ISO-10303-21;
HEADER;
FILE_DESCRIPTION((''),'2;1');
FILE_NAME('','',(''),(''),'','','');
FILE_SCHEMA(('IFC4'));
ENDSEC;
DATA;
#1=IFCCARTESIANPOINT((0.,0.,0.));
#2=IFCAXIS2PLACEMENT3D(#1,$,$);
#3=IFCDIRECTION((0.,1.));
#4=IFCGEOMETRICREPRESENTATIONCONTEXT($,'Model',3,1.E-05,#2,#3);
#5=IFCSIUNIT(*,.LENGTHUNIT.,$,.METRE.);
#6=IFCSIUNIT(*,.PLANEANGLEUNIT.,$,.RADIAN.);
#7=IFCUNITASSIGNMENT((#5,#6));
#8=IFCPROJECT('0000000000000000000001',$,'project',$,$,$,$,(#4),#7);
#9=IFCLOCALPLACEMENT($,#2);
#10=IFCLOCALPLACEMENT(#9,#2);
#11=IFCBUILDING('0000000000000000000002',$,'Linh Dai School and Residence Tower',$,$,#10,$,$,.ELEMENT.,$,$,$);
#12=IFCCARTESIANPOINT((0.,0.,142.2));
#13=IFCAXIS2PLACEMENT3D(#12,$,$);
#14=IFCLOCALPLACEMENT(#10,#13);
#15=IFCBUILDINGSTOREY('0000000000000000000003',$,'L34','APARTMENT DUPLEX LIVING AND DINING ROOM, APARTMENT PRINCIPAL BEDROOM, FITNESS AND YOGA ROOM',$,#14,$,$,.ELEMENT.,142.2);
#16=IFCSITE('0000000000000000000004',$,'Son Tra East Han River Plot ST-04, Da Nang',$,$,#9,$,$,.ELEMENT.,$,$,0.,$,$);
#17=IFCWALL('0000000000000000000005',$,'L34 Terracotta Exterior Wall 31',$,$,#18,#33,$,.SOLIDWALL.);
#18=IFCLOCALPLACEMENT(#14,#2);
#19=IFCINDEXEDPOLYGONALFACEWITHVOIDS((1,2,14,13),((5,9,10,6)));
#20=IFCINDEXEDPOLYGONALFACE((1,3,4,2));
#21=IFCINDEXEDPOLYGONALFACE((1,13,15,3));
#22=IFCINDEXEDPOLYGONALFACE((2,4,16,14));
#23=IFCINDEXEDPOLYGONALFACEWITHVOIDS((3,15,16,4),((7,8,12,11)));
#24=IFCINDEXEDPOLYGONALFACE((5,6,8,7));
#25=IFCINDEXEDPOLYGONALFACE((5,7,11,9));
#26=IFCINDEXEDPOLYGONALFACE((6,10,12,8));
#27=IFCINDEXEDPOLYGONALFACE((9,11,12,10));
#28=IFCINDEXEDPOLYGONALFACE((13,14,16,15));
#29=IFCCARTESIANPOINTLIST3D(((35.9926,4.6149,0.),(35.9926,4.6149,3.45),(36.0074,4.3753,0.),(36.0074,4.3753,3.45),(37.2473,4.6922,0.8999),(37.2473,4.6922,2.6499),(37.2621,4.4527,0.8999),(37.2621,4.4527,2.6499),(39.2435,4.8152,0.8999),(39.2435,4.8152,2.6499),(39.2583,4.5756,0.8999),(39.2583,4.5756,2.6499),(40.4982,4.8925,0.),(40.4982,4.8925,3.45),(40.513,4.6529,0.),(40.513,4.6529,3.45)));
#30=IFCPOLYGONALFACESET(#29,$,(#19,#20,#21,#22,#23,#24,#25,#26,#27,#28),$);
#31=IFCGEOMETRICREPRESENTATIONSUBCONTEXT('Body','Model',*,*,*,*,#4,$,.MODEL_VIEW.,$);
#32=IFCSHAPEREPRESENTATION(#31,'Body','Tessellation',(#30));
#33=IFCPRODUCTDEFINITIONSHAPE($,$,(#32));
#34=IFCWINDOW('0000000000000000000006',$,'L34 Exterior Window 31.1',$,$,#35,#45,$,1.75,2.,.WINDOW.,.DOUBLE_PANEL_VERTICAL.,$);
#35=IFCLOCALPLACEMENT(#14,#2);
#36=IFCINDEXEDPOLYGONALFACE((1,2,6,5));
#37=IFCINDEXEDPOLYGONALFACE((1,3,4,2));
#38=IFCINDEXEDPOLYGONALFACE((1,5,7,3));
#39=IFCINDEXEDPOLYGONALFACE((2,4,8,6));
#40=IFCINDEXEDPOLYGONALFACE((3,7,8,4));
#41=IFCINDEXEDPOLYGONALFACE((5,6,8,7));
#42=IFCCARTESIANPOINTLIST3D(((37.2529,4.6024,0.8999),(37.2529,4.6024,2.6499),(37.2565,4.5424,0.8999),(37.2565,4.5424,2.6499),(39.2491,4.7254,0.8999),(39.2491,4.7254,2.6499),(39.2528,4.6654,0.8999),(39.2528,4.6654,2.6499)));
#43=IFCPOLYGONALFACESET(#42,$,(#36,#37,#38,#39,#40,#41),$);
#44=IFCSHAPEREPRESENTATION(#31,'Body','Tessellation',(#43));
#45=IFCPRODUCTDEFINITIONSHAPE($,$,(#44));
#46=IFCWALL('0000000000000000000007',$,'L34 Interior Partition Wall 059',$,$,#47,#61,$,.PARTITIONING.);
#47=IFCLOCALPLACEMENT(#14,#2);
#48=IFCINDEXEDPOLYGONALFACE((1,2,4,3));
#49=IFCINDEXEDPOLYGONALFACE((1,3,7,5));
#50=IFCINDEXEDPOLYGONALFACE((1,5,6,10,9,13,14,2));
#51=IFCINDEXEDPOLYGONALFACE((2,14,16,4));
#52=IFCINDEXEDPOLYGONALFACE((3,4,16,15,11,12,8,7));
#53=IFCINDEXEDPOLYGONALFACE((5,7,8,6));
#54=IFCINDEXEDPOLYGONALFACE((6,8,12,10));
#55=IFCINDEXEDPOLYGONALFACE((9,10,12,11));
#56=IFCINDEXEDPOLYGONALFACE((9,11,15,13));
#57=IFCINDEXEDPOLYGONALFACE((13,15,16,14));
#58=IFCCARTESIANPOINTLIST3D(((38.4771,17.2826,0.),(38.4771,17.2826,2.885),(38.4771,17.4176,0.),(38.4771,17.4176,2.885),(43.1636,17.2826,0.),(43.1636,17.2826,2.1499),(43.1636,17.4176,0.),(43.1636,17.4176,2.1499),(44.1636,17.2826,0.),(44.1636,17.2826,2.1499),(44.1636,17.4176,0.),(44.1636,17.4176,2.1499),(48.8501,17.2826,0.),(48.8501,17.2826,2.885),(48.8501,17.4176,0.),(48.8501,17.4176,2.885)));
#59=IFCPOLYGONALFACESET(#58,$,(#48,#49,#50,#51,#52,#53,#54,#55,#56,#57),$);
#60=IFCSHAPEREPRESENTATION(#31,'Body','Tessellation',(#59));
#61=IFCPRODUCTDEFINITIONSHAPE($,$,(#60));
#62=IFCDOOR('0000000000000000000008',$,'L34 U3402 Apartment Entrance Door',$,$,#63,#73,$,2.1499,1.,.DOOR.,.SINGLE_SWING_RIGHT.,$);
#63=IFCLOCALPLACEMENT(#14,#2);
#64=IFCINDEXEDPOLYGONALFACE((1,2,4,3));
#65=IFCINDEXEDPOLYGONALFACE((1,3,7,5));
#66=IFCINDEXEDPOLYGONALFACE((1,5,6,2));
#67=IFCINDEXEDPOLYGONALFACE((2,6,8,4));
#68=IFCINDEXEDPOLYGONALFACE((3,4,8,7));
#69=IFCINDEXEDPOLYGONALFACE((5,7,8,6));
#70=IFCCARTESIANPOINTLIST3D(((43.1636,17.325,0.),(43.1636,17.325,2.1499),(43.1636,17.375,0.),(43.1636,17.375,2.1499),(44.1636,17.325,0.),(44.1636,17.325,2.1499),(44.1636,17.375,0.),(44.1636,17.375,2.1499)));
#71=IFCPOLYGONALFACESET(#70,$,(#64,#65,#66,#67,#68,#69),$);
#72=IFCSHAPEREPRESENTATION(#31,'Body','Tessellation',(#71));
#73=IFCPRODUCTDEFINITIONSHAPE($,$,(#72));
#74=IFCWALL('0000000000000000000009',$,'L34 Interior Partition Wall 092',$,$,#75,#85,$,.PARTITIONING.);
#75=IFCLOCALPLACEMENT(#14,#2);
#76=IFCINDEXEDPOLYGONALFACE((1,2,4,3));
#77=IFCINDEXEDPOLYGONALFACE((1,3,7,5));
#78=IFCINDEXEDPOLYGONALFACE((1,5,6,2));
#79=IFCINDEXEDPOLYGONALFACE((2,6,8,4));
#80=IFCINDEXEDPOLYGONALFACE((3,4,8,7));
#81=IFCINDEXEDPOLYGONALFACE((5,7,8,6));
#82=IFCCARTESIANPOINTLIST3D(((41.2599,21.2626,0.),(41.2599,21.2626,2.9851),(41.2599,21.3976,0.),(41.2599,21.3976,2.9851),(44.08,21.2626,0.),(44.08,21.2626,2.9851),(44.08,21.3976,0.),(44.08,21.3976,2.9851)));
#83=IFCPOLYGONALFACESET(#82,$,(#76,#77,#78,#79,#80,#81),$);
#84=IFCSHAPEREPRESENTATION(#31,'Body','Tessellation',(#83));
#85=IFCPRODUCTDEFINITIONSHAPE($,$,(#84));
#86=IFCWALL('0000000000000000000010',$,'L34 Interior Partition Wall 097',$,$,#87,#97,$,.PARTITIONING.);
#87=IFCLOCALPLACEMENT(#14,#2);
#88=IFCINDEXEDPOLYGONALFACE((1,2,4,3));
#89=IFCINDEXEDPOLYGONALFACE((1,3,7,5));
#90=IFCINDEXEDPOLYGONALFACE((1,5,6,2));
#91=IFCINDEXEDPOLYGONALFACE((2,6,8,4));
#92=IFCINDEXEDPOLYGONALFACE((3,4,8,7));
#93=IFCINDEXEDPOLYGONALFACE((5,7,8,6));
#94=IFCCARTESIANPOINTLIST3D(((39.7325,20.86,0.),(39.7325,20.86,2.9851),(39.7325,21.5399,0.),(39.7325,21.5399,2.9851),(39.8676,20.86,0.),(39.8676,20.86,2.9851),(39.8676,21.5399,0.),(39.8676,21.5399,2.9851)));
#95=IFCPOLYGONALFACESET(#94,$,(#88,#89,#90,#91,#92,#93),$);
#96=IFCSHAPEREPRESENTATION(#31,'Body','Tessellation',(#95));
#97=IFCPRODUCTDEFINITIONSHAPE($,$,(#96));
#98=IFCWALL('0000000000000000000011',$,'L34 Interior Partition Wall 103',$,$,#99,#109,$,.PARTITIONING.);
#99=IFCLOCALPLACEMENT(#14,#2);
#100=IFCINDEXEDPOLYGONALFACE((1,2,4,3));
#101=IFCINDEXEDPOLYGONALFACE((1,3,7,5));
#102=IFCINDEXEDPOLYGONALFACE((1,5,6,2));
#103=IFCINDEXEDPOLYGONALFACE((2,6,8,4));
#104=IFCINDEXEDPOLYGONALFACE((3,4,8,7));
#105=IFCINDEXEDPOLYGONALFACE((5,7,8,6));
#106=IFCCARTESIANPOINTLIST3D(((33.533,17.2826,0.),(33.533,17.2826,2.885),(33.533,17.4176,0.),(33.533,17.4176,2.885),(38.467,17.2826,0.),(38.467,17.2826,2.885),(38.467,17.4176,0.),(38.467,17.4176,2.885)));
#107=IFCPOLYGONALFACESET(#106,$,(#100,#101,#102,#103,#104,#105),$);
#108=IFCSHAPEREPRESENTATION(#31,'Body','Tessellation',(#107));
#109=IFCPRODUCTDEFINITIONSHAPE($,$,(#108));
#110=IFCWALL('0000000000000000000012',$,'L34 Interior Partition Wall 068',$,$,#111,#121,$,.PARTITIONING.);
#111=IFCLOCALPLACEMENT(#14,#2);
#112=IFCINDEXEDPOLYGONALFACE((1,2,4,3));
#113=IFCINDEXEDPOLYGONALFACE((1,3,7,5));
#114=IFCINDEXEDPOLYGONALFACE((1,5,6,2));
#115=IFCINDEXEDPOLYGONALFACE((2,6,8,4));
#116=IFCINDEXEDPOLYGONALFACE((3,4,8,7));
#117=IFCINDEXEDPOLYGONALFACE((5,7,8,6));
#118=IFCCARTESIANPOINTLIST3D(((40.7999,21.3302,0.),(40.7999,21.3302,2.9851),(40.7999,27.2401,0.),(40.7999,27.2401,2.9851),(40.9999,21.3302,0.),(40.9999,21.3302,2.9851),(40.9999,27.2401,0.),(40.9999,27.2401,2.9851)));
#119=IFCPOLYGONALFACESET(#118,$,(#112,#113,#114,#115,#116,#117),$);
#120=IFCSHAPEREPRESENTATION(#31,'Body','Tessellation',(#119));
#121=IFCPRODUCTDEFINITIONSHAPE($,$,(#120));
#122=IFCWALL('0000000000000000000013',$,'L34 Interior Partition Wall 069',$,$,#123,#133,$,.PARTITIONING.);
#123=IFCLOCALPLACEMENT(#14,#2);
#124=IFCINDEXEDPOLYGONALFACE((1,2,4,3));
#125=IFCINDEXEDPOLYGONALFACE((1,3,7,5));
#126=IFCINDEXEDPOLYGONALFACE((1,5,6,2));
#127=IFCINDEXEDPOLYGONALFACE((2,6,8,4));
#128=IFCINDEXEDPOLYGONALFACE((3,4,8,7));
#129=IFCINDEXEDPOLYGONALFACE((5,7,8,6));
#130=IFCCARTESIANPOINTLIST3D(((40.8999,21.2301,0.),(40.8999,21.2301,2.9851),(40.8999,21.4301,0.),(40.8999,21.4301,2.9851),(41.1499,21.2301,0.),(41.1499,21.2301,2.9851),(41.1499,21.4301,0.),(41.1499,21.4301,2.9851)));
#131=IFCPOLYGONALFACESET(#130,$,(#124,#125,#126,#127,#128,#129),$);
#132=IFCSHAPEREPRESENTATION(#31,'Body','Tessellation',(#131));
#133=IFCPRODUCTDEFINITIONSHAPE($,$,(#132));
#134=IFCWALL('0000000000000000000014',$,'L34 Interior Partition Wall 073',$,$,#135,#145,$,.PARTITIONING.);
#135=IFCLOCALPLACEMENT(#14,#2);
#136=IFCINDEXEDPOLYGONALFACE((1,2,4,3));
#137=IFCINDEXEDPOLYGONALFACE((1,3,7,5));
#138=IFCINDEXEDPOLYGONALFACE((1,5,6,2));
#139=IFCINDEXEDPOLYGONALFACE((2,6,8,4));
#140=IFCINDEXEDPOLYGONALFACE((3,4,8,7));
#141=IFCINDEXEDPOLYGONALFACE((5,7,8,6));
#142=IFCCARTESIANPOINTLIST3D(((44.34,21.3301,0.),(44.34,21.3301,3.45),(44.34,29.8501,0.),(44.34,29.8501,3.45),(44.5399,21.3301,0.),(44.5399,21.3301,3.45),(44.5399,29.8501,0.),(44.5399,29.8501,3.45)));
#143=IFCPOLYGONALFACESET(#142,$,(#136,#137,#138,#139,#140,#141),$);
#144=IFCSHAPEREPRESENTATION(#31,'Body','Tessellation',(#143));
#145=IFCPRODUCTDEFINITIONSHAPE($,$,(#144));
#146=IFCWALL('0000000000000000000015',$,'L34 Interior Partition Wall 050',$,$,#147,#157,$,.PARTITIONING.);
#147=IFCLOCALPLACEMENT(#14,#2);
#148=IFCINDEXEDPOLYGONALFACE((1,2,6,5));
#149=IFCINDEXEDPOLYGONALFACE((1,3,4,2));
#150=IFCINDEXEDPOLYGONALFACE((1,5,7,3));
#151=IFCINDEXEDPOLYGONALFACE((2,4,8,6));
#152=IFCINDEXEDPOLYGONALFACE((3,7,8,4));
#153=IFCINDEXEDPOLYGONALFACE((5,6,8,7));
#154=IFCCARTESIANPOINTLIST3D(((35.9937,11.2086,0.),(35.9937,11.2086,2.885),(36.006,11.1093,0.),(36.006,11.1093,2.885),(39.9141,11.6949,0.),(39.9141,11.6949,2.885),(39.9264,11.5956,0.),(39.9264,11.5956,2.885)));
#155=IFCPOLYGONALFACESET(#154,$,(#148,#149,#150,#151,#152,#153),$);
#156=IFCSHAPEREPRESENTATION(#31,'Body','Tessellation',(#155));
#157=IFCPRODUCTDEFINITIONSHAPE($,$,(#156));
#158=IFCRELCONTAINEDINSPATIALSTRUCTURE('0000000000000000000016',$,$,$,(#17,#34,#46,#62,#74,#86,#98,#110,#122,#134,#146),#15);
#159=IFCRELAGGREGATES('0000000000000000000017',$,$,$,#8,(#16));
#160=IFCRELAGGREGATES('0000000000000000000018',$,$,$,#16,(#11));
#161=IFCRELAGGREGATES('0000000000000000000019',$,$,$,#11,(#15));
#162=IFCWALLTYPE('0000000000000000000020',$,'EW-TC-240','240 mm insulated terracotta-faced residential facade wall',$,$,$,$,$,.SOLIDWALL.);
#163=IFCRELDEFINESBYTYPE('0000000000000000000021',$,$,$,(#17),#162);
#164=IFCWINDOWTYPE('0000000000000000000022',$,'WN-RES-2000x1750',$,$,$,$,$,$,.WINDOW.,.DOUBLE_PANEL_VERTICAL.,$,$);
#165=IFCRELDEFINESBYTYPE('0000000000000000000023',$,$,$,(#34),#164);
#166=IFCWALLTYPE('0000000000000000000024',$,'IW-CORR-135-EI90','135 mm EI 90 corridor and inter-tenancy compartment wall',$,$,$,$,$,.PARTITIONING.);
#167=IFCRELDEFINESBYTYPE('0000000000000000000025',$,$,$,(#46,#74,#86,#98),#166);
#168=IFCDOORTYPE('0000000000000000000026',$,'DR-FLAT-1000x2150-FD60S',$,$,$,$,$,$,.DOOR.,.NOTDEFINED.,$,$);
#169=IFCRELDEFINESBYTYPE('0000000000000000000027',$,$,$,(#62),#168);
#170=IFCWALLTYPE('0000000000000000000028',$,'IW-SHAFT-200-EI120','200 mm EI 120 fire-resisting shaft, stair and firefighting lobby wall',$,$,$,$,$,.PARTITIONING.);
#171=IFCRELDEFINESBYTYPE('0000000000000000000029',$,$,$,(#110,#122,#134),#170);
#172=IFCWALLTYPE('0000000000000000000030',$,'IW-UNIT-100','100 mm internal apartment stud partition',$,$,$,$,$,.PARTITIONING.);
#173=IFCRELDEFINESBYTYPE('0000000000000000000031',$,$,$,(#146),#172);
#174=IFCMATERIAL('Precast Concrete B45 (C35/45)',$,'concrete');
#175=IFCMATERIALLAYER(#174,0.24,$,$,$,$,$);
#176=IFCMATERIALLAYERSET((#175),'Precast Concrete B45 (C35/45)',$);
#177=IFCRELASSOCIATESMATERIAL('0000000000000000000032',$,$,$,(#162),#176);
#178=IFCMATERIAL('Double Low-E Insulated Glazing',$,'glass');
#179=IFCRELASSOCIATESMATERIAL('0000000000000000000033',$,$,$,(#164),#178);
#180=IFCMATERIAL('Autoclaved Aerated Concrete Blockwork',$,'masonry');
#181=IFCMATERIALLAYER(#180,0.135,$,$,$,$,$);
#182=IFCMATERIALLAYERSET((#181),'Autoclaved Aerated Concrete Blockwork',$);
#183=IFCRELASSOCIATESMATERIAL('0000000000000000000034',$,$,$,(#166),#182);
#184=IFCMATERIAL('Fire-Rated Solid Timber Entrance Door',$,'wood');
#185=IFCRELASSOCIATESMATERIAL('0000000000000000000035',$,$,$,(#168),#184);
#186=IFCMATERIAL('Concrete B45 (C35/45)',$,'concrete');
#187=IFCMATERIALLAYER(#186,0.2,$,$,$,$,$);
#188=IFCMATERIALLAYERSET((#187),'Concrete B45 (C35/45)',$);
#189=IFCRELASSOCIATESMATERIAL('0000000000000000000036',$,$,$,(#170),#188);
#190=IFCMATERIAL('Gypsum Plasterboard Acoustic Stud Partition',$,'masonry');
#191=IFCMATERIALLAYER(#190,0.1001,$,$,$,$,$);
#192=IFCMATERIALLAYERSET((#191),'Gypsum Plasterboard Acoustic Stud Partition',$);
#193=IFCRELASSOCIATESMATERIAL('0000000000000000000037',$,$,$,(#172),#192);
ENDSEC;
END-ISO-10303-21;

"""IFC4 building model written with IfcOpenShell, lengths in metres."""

from ifc_helpers import new_model, si_unit, direction, frame, frame_2d, origin, origin_2d, place, context, subcontext, project, spatial, rectangle, extrude, source, transform, mapped, material, layer, layer_set, type_object, element, fill, save


model = new_model("IFC4")

# Units and contexts
model_context = context("Model", 3, precision=1e-05, world=origin(), true_north=direction((0.0, 1.0)))
body_context = subcontext(model_context, "Body", "Model", "MODEL_VIEW")
ifc_project = project(units=[si_unit("LENGTHUNIT", "METRE"), si_unit("PLANEANGLEUNIT", "RADIAN")], contexts=[model_context])

# Site, building, storey
site_placement = place(None, origin())
site = spatial("IfcSite", under=ifc_project, at=site_placement, Name="Son Tra East Han River Plot ST-04, Da Nang", CompositionType="ELEMENT", RefElevation=0.0)
building_placement = place(site_placement, origin())
building = spatial("IfcBuilding", under=site, at=building_placement, Name="Linh Dai School and Residence Tower", CompositionType="ELEMENT")
storey_placement = place(building_placement, frame((0.0, 0.0, 142.2)))
storey = spatial("IfcBuildingStorey", under=building, at=storey_placement, Name="L34", Description="APARTMENT DUPLEX LIVING AND DINING ROOM, APARTMENT PRINCIPAL BEDROOM, FITNESS AND YOGA ROOM", CompositionType="ELEMENT", Elevation=142.2)

# Wall, opening, window
ifc_material_1 = material(Name="Precast Concrete B45 (C35/45)", Category="concrete")
ifc_layer_1 = layer(ifc_material_1, 0.24)
ifc_layer_set_1 = layer_set([ifc_layer_1], Name="Precast Concrete B45 (C35/45)")
wall_type_1 = type_object("IfcWallType", Name="EW-TC-240", Description="240 mm insulated terracotta-faced residential facade wall", PredefinedType="SOLIDWALL", material=ifc_layer_set_1)
ifc_material_2 = material(Name="Double Low-E Insulated Glazing", Category="glass")
wall_1_placement = place(storey_placement, frame((40.5056, 4.7727, 0.0), z_axis=(0.0, 0.0, 1.0), x_axis=(-0.998108, -0.061493, 0.0)))
wall_1 = element("IfcWall", 1, at=wall_1_placement, inside=storey, type_object=wall_type_1, Name="L34 Terracotta Exterior Wall 31", PredefinedType="SOLIDWALL", context=body_context, shape_type="SweptSolid", body=[
    extrude(rectangle(XDim=4.5142, YDim=0.24, at=frame_2d((2.2571, 0.0))), origin(), (0.0, 0.0, 1.0), 3.45),
])
opening_1_placement = place(wall_1_placement, frame((1.2571, 0.0, 0.8999)))
opening_1 = element("IfcOpeningElement", 2, at=opening_1_placement, cuts=wall_1, PredefinedType="OPENING", context=body_context, shape_type="SweptSolid", body=[
    extrude(rectangle(XDim=2.0, YDim=1.75, at=origin_2d()), frame((1.0, 0.1299, 0.875), z_axis=(0.0, -1.0, 0.0), x_axis=(1.0, 0.0, 0.0)), (0.0, 0.0, 1.0), 0.26),
])
window_type_1 = type_object("IfcWindowType", Name="WN-RES-2000x1750", PartitioningType="DOUBLE_PANEL_VERTICAL", PredefinedType="WINDOW", material=ifc_material_2)
shared_shape_1 = source(origin(), body_context, "Body", "SweptSolid", [
    extrude(rectangle(XDim=2.0, YDim=1.75, at=origin_2d()), frame((1.0, 0.03, 0.875), z_axis=(0.0, -1.0, 0.0), x_axis=(1.0, 0.0, 0.0)), (0.0, 0.0, 1.0), 0.0601),
])
window_1_placement = place(opening_1_placement, origin())
window_1 = element("IfcWindow", 3, at=window_1_placement, inside=storey, type_object=window_type_1, Name="L34 Exterior Window 31.1", OverallHeight=1.75, OverallWidth=2.0, PartitioningType="DOUBLE_PANEL_VERTICAL", PredefinedType="WINDOW", context=body_context, shape_type="MappedRepresentation", body=[
    mapped(shared_shape_1, transform((0.0, 0.0, 0.0), x_axis=(1.0, 0.0, 0.0), y_axis=(0.0, 1.0, 0.0), z_axis=(0.0, 0.0, 1.0), scale=1.0)),
])
fill(opening_1, window_1)

# Wall, opening, door
ifc_material_3 = material(Name="Autoclaved Aerated Concrete Blockwork", Category="masonry")
ifc_layer_2 = layer(ifc_material_3, 0.135)
ifc_layer_set_2 = layer_set([ifc_layer_2], Name="Autoclaved Aerated Concrete Blockwork")
wall_type_2 = type_object("IfcWallType", Name="IW-CORR-135-EI90", Description="135 mm EI 90 corridor and inter-tenancy compartment wall", PredefinedType="PARTITIONING", material=ifc_layer_set_2)
wall_2_placement = place(storey_placement, frame((38.4771, 17.3501, 0.0), z_axis=(0.0, 0.0, 1.0), x_axis=(1.0, 0.0, 0.0)))
wall_2 = element("IfcWall", 4, at=wall_2_placement, inside=storey, type_object=wall_type_2, Name="L34 Interior Partition Wall 059", PredefinedType="PARTITIONING", context=body_context, shape_type="SweptSolid", body=[
    extrude(rectangle(XDim=10.373, YDim=0.135, at=frame_2d((5.1865, 0.0))), origin(), (0.0, 0.0, 1.0), 2.885),
])
opening_2_placement = place(wall_2_placement, frame((4.6865, 0.0, 0.0)))
opening_2 = element("IfcOpeningElement", 5, at=opening_2_placement, cuts=wall_2, PredefinedType="OPENING", context=body_context, shape_type="SweptSolid", body=[
    extrude(rectangle(XDim=1.0, YDim=2.1499, at=origin_2d()), frame((0.5, 0.0776, 1.075), z_axis=(0.0, -1.0, 0.0), x_axis=(1.0, 0.0, 0.0)), (0.0, 0.0, 1.0), 0.155),
])
ifc_material_4 = material(Name="Fire-Rated Solid Timber Entrance Door", Category="wood")
door_type_1 = type_object("IfcDoorType", Name="DR-FLAT-1000x2150-FD60S", OperationType="NOTDEFINED", PredefinedType="DOOR", material=ifc_material_4)
shared_shape_2 = source(origin(), body_context, "Body", "SweptSolid", [
    extrude(rectangle(XDim=1.0, YDim=2.1499, at=origin_2d()), frame((0.5, 0.0249, 1.075), z_axis=(0.0, -1.0, 0.0), x_axis=(1.0, 0.0, 0.0)), (0.0, 0.0, 1.0), 0.05),
])
door_1_placement = place(opening_2_placement, origin())
door_1 = element("IfcDoor", 6, at=door_1_placement, inside=storey, type_object=door_type_1, Name="L34 U3402 Apartment Entrance Door", OperationType="SINGLE_SWING_RIGHT", OverallHeight=2.1499, OverallWidth=1.0, PredefinedType="DOOR", context=body_context, shape_type="MappedRepresentation", body=[
    mapped(shared_shape_2, transform((0.0, 0.0, 0.0), x_axis=(1.0, 0.0, 0.0), y_axis=(0.0, 1.0, 0.0), z_axis=(0.0, 0.0, 1.0), scale=1.0)),
])
fill(opening_2, door_1)

# Walls
wall_3_placement = place(storey_placement, frame((44.0801, 21.3301, 0.0), z_axis=(0.0, 0.0, 1.0), x_axis=(-1.0, 0.0, 0.0)))
element("IfcWall", 7, at=wall_3_placement, inside=storey, type_object=wall_type_2, Name="L34 Interior Partition Wall 092", PredefinedType="PARTITIONING", context=body_context, shape_type="SweptSolid", body=[
    extrude(rectangle(XDim=2.8201, YDim=0.135, at=frame_2d((1.4102, 0.0))), origin(), (0.0, 0.0, 1.0), 2.9851),
])
wall_4_placement = place(storey_placement, frame((39.8, 20.8601, 0.0), z_axis=(0.0, 0.0, 1.0), x_axis=(0.0, 1.0, 0.0)))
element("IfcWall", 8, at=wall_4_placement, inside=storey, type_object=wall_type_2, Name="L34 Interior Partition Wall 097", PredefinedType="PARTITIONING", context=body_context, shape_type="SweptSolid", body=[
    extrude(rectangle(XDim=0.6799, YDim=0.135, at=frame_2d((0.3398, 0.0))), origin(), (0.0, 0.0, 1.0), 2.9851),
])
wall_5_placement = place(storey_placement, frame((38.467, 17.3501, 0.0), z_axis=(0.0, 0.0, 1.0), x_axis=(-1.0, 0.0, 0.0)))
element("IfcWall", 9, at=wall_5_placement, inside=storey, type_object=wall_type_2, Name="L34 Interior Partition Wall 103", PredefinedType="PARTITIONING", context=body_context, shape_type="SweptSolid", body=[
    extrude(rectangle(XDim=4.9341, YDim=0.135, at=frame_2d((2.467, 0.0))), origin(), (0.0, 0.0, 1.0), 2.885),
])
ifc_material_5 = material(Name="Concrete B45 (C35/45)", Category="concrete")
ifc_layer_3 = layer(ifc_material_5, 0.2)
ifc_layer_set_3 = layer_set([ifc_layer_3], Name="Concrete B45 (C35/45)")
wall_type_3 = type_object("IfcWallType", Name="IW-SHAFT-200-EI120", Description="200 mm EI 120 fire-resisting shaft, stair and firefighting lobby wall", PredefinedType="PARTITIONING", material=ifc_layer_set_3)
wall_6_placement = place(storey_placement, frame((40.8999, 21.3301, 0.0), z_axis=(0.0, 0.0, 1.0), x_axis=(0.0, 1.0, 0.0)))
element("IfcWall", 10, at=wall_6_placement, inside=storey, type_object=wall_type_3, Name="L34 Interior Partition Wall 068", PredefinedType="PARTITIONING", context=body_context, shape_type="SweptSolid", body=[
    extrude(rectangle(XDim=5.9099, YDim=0.2, at=frame_2d((2.9551, 0.0))), origin(), (0.0, 0.0, 1.0), 2.9851),
])
wall_7_placement = place(storey_placement, frame((40.8999, 21.3301, 0.0), z_axis=(0.0, 0.0, 1.0), x_axis=(1.0, 0.0, 0.0)))
element("IfcWall", 11, at=wall_7_placement, inside=storey, type_object=wall_type_3, Name="L34 Interior Partition Wall 069", PredefinedType="PARTITIONING", context=body_context, shape_type="SweptSolid", body=[
    extrude(rectangle(XDim=0.25, YDim=0.2, at=frame_2d((0.125, 0.0))), origin(), (0.0, 0.0, 1.0), 2.9851),
])
wall_8_placement = place(storey_placement, frame((44.4399, 21.3301, 0.0), z_axis=(0.0, 0.0, 1.0), x_axis=(0.0, 1.0, 0.0)))
element("IfcWall", 12, at=wall_8_placement, inside=storey, type_object=wall_type_3, Name="L34 Interior Partition Wall 073", PredefinedType="PARTITIONING", context=body_context, shape_type="SweptSolid", body=[
    extrude(rectangle(XDim=8.52, YDim=0.2, at=frame_2d((4.26, 0.0))), origin(), (0.0, 0.0, 1.0), 3.45),
])
ifc_material_6 = material(Name="Gypsum Plasterboard Acoustic Stud Partition", Category="masonry")
ifc_layer_4 = layer(ifc_material_6, 0.1001)
ifc_layer_set_4 = layer_set([ifc_layer_4], Name="Gypsum Plasterboard Acoustic Stud Partition")
wall_type_4 = type_object("IfcWallType", Name="IW-UNIT-100", Description="100 mm internal apartment stud partition", PredefinedType="PARTITIONING", material=ifc_layer_set_4)
wall_9_placement = place(storey_placement, frame((36.0, 11.1589, 0.0), z_axis=(0.0, 0.0, 1.0), x_axis=(0.992393, 0.123107, 0.0)))
element("IfcWall", 13, at=wall_9_placement, inside=storey, type_object=wall_type_4, Name="L34 Interior Partition Wall 050", PredefinedType="PARTITIONING", context=body_context, shape_type="SweptSolid", body=[
    extrude(rectangle(XDim=3.9504, YDim=0.1001, at=frame_2d((1.9751, 0.0))), origin(), (0.0, 0.0, 1.0), 2.885),
])

save(model, "model.ifc")
